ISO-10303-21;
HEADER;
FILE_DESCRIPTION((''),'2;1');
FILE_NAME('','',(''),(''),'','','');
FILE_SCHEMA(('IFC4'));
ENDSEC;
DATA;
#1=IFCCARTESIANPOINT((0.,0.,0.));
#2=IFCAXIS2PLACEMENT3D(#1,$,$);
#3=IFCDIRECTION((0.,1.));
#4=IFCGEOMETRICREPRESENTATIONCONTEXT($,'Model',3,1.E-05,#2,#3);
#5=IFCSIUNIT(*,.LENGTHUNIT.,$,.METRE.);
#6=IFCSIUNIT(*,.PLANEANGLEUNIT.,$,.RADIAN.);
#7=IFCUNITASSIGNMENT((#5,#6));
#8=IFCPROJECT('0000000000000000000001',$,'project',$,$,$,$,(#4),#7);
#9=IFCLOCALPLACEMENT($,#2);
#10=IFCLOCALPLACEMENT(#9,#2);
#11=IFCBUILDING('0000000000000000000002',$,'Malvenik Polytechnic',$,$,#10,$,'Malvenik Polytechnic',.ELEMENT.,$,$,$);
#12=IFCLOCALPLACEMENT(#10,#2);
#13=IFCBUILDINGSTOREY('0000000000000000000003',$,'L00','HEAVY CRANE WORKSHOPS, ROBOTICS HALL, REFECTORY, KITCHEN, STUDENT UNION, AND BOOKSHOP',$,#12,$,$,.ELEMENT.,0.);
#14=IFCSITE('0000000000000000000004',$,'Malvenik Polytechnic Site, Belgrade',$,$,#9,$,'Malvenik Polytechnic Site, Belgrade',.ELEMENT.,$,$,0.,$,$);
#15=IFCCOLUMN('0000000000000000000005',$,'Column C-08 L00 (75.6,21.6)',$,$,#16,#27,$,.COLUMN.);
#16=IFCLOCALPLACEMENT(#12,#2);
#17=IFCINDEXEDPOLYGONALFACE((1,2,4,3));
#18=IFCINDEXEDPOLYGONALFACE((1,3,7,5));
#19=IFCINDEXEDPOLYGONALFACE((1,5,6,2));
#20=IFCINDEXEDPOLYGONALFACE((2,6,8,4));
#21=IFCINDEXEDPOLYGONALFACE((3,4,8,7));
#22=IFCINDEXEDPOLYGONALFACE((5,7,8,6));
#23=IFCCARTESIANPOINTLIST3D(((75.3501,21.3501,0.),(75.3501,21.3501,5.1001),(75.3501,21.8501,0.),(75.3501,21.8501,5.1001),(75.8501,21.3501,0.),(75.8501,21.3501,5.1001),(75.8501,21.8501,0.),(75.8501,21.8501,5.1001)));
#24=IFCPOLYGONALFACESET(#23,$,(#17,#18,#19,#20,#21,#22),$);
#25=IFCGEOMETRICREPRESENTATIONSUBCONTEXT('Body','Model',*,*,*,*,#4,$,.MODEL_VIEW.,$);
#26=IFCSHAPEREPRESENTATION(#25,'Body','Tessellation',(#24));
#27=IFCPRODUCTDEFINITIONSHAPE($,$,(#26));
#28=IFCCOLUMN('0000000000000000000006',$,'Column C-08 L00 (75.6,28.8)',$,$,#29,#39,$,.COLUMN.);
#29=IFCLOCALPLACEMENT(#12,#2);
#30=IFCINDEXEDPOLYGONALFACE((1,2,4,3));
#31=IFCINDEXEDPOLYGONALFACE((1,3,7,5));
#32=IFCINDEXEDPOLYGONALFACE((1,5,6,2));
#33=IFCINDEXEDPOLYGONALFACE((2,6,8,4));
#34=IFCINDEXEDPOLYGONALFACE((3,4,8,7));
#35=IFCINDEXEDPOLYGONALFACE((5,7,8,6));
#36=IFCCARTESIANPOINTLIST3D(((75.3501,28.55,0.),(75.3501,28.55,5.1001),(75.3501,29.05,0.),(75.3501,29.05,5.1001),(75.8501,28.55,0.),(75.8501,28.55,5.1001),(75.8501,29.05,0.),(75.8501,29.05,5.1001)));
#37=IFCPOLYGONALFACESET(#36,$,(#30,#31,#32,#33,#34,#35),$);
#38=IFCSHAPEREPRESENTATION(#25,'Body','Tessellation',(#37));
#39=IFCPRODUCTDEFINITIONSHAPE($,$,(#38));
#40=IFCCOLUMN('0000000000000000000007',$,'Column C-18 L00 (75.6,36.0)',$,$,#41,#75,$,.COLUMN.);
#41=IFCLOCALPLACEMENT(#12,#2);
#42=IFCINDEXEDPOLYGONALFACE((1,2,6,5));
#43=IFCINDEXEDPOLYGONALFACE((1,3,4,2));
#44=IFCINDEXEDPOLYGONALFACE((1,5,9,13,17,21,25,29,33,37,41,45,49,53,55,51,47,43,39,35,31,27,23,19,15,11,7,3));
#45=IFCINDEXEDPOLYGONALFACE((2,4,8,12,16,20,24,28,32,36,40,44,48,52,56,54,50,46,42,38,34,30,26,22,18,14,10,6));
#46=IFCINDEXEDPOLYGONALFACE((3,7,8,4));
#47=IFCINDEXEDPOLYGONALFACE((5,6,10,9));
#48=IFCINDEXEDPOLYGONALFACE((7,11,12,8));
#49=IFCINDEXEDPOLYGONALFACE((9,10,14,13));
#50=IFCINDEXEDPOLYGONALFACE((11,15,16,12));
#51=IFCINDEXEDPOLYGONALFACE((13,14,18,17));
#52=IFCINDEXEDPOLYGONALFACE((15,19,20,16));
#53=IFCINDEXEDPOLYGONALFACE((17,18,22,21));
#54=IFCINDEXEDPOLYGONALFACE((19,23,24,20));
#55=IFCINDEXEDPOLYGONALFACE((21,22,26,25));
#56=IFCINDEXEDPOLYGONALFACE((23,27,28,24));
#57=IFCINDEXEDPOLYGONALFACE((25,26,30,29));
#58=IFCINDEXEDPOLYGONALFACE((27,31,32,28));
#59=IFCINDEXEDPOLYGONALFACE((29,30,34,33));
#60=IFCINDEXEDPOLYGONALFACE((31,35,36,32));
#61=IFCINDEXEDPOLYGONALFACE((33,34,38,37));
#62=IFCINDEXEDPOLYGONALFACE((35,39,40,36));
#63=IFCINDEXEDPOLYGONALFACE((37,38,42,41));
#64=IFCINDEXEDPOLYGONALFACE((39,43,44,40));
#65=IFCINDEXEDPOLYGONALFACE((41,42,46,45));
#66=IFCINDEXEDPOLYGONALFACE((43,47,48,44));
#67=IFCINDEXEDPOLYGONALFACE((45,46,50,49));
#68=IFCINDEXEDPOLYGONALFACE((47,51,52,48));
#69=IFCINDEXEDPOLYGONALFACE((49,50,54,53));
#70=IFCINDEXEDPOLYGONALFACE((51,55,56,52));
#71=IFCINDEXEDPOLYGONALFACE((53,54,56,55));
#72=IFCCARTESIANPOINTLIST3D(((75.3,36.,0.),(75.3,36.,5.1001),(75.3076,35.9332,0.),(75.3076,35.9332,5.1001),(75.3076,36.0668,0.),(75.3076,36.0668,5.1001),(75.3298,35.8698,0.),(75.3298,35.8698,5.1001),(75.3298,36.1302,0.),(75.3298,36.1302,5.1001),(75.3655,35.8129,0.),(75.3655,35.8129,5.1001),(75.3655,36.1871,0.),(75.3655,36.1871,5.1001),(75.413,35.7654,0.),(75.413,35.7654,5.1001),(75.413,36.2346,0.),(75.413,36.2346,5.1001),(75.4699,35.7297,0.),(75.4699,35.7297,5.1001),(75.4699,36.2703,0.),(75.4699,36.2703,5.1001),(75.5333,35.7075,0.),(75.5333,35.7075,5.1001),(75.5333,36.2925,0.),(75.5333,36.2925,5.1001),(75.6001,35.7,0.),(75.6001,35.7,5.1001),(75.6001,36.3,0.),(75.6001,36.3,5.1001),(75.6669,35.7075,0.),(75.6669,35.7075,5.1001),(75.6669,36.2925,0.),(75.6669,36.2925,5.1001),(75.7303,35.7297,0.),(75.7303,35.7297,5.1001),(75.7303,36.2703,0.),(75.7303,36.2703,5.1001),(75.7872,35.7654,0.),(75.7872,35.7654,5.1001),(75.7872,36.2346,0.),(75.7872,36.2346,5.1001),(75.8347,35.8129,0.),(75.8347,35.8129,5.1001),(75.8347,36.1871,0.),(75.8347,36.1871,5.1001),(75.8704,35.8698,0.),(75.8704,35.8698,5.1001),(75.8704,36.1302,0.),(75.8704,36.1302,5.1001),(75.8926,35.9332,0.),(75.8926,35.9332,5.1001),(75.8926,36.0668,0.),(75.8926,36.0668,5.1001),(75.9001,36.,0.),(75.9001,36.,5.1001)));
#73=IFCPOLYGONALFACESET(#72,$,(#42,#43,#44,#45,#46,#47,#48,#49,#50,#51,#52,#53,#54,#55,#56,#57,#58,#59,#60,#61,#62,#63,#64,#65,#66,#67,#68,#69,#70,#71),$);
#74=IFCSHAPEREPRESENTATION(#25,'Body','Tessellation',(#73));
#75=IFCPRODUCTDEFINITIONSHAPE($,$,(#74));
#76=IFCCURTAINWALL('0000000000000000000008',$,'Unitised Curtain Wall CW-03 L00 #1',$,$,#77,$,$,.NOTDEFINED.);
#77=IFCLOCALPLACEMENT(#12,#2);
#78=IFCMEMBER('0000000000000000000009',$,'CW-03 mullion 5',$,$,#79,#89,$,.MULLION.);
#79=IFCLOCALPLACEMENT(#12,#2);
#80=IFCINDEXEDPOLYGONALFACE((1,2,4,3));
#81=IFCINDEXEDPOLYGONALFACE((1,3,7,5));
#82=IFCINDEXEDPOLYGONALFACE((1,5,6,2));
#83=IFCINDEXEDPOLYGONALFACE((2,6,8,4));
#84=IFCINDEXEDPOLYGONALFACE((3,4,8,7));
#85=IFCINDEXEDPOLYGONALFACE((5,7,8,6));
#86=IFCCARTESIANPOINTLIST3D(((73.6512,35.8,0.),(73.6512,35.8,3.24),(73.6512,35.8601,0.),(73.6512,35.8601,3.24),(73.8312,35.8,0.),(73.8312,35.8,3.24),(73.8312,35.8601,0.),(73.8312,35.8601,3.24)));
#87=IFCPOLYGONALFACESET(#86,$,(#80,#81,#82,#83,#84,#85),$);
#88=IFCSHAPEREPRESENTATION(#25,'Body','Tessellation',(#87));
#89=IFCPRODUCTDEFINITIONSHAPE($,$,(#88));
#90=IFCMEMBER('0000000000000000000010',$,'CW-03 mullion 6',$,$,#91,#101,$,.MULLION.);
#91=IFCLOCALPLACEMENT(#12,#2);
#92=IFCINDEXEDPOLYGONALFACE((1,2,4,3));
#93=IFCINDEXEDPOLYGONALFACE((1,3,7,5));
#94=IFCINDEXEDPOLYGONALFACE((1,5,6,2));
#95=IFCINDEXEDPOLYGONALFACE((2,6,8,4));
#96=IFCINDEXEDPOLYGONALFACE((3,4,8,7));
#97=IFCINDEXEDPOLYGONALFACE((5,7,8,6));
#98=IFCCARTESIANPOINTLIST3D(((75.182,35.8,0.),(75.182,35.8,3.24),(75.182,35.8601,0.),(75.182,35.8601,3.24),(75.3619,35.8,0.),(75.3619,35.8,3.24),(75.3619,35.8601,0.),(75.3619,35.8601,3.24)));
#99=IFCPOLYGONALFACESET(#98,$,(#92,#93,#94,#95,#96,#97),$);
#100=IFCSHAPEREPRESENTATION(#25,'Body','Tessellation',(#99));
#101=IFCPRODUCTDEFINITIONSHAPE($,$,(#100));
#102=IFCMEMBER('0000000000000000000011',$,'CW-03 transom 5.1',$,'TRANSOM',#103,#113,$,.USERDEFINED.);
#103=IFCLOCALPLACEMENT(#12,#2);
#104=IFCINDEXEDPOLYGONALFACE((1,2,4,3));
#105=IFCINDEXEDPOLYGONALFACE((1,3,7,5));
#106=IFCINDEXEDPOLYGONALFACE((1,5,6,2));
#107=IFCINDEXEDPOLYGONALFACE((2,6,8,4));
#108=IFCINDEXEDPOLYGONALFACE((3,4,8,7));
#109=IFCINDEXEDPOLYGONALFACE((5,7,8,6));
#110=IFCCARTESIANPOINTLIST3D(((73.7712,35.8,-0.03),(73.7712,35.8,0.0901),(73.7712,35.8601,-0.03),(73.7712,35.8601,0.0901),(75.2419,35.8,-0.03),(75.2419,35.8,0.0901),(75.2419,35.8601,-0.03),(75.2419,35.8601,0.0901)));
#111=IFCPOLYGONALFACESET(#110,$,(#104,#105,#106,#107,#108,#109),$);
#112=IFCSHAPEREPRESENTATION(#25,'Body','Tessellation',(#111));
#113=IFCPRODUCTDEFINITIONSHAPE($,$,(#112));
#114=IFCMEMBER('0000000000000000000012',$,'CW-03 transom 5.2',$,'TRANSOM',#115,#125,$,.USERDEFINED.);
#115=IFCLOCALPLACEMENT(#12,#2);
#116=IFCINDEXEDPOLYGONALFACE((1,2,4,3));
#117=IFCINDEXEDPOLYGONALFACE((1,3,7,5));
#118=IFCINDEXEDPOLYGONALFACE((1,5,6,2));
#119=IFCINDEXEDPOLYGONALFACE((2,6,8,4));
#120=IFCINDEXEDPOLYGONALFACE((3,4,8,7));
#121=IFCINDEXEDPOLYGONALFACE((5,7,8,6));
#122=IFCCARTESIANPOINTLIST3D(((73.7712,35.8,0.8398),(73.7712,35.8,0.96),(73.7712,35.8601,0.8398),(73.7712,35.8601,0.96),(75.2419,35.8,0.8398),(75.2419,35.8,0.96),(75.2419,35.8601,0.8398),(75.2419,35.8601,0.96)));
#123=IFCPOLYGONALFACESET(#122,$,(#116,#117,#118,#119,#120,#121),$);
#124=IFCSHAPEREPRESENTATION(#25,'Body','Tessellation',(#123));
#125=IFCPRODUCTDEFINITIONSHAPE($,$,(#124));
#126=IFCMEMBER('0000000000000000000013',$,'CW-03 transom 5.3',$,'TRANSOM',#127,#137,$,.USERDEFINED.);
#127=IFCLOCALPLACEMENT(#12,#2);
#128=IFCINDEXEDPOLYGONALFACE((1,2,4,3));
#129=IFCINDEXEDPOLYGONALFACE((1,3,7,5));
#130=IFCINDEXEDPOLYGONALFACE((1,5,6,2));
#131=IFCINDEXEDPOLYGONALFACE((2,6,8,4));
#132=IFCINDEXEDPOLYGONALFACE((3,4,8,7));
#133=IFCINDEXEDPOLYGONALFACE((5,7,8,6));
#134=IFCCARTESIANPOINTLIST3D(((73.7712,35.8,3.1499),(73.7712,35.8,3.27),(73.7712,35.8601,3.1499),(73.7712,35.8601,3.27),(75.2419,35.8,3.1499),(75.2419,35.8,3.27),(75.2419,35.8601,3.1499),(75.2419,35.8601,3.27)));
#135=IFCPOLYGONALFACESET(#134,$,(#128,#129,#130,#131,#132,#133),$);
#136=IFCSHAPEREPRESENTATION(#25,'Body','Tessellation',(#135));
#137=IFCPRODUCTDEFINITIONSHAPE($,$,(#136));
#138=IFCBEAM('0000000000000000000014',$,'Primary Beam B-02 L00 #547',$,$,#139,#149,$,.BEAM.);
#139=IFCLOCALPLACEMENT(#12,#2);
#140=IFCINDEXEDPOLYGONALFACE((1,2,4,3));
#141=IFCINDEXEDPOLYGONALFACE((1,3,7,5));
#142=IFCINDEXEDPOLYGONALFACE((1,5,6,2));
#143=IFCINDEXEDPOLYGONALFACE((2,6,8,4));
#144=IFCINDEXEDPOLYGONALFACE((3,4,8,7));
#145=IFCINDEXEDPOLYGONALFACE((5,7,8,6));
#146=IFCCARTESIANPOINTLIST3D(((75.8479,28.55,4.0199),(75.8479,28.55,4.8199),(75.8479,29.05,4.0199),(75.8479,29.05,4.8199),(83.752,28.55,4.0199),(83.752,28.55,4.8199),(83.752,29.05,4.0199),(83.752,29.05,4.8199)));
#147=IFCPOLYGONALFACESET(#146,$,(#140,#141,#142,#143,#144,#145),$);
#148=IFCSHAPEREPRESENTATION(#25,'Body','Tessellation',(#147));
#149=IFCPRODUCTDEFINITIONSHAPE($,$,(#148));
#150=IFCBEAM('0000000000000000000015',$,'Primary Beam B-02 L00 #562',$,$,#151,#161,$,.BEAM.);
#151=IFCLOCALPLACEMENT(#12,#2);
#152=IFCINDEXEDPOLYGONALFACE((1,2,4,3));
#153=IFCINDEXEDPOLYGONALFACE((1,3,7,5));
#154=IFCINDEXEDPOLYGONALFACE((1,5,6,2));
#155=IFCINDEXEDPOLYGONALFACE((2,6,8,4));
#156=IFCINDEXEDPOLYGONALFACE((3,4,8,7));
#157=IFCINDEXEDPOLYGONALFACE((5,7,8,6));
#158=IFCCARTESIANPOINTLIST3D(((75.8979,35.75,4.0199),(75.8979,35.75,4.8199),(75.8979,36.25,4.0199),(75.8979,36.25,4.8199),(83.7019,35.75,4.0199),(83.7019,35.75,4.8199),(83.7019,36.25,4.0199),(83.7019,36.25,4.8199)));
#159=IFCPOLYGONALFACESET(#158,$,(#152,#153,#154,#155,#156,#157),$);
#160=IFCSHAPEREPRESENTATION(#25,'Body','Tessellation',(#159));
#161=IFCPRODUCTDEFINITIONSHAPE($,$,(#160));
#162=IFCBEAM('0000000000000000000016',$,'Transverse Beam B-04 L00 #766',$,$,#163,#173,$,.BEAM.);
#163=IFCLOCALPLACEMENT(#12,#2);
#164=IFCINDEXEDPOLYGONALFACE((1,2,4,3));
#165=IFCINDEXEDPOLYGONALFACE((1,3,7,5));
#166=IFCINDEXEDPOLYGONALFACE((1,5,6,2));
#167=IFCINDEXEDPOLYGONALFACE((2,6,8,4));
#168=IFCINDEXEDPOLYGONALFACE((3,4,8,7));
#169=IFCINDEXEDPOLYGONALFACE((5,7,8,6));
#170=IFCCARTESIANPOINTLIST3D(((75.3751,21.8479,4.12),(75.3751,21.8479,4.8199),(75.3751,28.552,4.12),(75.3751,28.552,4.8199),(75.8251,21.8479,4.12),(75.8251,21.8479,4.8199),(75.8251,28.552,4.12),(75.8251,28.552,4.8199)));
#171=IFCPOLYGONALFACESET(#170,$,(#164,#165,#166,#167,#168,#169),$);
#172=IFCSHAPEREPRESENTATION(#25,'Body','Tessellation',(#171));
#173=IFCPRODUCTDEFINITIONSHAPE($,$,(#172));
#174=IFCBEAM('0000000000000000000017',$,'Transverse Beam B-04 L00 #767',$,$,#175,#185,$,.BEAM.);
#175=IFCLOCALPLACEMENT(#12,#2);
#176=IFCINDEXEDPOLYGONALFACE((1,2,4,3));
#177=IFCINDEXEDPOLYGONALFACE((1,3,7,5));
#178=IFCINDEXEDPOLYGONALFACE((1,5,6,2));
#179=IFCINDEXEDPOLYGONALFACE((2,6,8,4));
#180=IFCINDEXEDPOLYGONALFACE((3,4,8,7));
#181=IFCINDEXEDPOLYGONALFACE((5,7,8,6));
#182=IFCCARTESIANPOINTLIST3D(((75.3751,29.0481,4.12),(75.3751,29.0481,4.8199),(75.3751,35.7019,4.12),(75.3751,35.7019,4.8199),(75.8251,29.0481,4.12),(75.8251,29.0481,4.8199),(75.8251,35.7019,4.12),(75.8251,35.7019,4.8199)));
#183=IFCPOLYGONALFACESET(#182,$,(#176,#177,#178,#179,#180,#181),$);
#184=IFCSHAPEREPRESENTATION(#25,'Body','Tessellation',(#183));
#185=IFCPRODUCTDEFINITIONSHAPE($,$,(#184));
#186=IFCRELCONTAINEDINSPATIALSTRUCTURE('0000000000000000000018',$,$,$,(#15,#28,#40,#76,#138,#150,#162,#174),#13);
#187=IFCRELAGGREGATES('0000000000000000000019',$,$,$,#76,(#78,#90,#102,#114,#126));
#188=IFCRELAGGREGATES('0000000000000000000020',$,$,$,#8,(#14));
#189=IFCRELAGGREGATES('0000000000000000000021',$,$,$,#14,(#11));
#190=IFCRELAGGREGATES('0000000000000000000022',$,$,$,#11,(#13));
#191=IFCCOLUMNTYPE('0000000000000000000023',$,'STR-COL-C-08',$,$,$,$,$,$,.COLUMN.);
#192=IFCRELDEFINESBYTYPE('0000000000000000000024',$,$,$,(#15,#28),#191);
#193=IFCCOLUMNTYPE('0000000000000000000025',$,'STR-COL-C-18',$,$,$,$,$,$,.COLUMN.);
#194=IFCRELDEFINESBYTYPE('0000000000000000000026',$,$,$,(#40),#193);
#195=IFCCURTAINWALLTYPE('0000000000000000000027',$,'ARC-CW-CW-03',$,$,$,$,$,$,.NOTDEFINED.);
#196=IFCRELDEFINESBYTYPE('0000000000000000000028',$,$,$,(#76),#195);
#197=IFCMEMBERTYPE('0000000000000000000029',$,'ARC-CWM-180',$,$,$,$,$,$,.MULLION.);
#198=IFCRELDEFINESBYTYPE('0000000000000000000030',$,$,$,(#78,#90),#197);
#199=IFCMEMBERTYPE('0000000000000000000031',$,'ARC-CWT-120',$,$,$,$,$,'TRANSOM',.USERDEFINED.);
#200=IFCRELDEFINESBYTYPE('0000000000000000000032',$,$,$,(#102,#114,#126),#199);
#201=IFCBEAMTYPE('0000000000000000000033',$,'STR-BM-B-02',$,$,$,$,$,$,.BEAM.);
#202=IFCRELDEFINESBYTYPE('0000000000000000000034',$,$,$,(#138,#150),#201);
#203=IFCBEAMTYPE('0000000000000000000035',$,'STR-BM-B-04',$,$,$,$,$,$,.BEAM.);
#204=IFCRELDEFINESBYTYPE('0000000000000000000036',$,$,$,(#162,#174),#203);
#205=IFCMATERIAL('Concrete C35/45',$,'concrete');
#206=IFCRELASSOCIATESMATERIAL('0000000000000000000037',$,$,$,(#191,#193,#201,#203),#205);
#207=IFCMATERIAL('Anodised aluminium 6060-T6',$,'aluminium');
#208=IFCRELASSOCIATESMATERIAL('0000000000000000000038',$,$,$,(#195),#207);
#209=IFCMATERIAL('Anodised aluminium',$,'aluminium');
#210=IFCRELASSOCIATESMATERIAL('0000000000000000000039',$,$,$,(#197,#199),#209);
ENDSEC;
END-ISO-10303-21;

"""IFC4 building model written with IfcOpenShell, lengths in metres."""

from ifc_helpers import new_model, si_unit, direction, frame, origin, origin_2d, place, context, subcontext, project, spatial, rectangle, circle, extrude, material, material_profile, profile_set, type_object, element, aggregate, save


model = new_model("IFC4")

# Units and contexts
model_context = context("Model", 3, precision=1e-05, world=origin(), true_north=direction((0.0, 1.0)))
body_context = subcontext(model_context, "Body", "Model", "MODEL_VIEW")
ifc_project = project(units=[si_unit("LENGTHUNIT", "METRE"), si_unit("PLANEANGLEUNIT", "RADIAN")], contexts=[model_context])

# Site, building, storey
site_placement = place(None, origin())
site = spatial("IfcSite", under=ifc_project, at=site_placement, Name="Malvenik Polytechnic Site, Belgrade", LongName="Malvenik Polytechnic Site, Belgrade", CompositionType="ELEMENT", RefElevation=0.0)
building_placement = place(site_placement, origin())
building = spatial("IfcBuilding", under=site, at=building_placement, Name="Malvenik Polytechnic", LongName="Malvenik Polytechnic", CompositionType="ELEMENT")
storey_placement = place(building_placement, origin())
storey = spatial("IfcBuildingStorey", under=building, at=storey_placement, Name="L00", Description="HEAVY CRANE WORKSHOPS, ROBOTICS HALL, REFECTORY, KITCHEN, STUDENT UNION, AND BOOKSHOP", CompositionType="ELEMENT", Elevation=0.0)

# Columns
ifc_material_1 = material(Name="Concrete C35/45", Category="concrete")
ifc_material_profile_1 = material_profile(ifc_material_1, rectangle(XDim=0.5, YDim=0.5, at=origin_2d()), Name="RC COL 500x500")
ifc_profile_set_1 = profile_set([ifc_material_profile_1], Name="Concrete C35/45")
column_type_1 = type_object("IfcColumnType", Name="STR-COL-C-08", PredefinedType="COLUMN", material=ifc_profile_set_1)
for number, where, z_axis, x_axis, name in (
    (1, (75.6001, 21.6001, 0.0), (0.0, 0.0, 1.0), (1.0, 0.0, 0.0), "Column C-08 L00 (75.6,21.6)"),
    (2, (75.6001, 28.8, 0.0), (0.0, 0.0, 1.0), (1.0, 0.0, 0.0), "Column C-08 L00 (75.6,28.8)"),
):
    element("IfcColumn", number, at=place(storey_placement, frame(where, z_axis=z_axis, x_axis=x_axis)), inside=storey, type_object=column_type_1, Name=name, PredefinedType="COLUMN", context=body_context, shape_type="SweptSolid", body=[
        extrude(rectangle(XDim=0.5, YDim=0.5, at=origin_2d()), origin(), (0.0, 0.0, 1.0), 5.1001),
    ])
ifc_material_profile_2 = material_profile(ifc_material_1, circle(Radius=0.3, at=origin_2d()), Name="RC COL D600")
ifc_profile_set_2 = profile_set([ifc_material_profile_2], Name="Concrete C35/45")
column_type_2 = type_object("IfcColumnType", Name="STR-COL-C-18", PredefinedType="COLUMN", material=ifc_profile_set_2)
column_placement = place(storey_placement, frame((75.6001, 36.0, 0.0), z_axis=(0.0, 0.0, 1.0), x_axis=(1.0, 0.0, 0.0)))
element("IfcColumn", 3, at=column_placement, inside=storey, type_object=column_type_2, Name="Column C-18 L00 (75.6,36.0)", PredefinedType="COLUMN", context=body_context, shape_type="SweptSolid", body=[
    extrude(circle(Radius=0.3, at=origin_2d()), origin(), (0.0, 0.0, 1.0), 5.1001),
])

# Curtain wall, members
ifc_material_2 = material(Name="Anodised aluminium 6060-T6", Category="aluminium")
curtain_wall_type = type_object("IfcCurtainWallType", Name="ARC-CW-CW-03", PredefinedType="NOTDEFINED", material=ifc_material_2)
curtain_wall_placement = place(storey_placement, origin())
curtain_wall = element("IfcCurtainWall", 4, at=curtain_wall_placement, inside=storey, type_object=curtain_wall_type, Name="Unitised Curtain Wall CW-03 L00 #1", PredefinedType="NOTDEFINED")
ifc_material_3 = material(Name="Anodised aluminium", Category="aluminium")
ifc_material_profile_3 = material_profile(ifc_material_3, rectangle(XDim=0.0601, YDim=0.1799, at=origin_2d()), Name="ALU MULLION 60x180")
ifc_profile_set_3 = profile_set([ifc_material_profile_3], Name="Anodised aluminium")
member_type_1 = type_object("IfcMemberType", Name="ARC-CWM-180", PredefinedType="MULLION", material=ifc_profile_set_3)
member_1_placement = place(storey_placement, frame((73.7412, 35.8301, 0.0), z_axis=(0.0, 0.0, 1.0), x_axis=(0.0, 1.0, 0.0)))
member_1 = element("IfcMember", 5, at=member_1_placement, type_object=member_type_1, Name="CW-03 mullion 5", PredefinedType="MULLION", context=body_context, shape_type="SweptSolid", body=[
    extrude(rectangle(XDim=0.0601, YDim=0.1799, at=origin_2d()), origin(), (0.0, 0.0, 1.0), 3.24),
])
member_2_placement = place(storey_placement, frame((75.272, 35.8301, 0.0), z_axis=(0.0, 0.0, 1.0), x_axis=(0.0, 1.0, 0.0)))
member_2 = element("IfcMember", 6, at=member_2_placement, type_object=member_type_1, Name="CW-03 mullion 6", PredefinedType="MULLION", context=body_context, shape_type="SweptSolid", body=[
    extrude(rectangle(XDim=0.0601, YDim=0.1799, at=origin_2d()), origin(), (0.0, 0.0, 1.0), 3.24),
])
ifc_material_profile_4 = material_profile(ifc_material_3, rectangle(XDim=0.0601, YDim=0.1201, at=origin_2d()), Name="ALU TRANSOM 60x120")
ifc_profile_set_4 = profile_set([ifc_material_profile_4], Name="Anodised aluminium")
member_type_2 = type_object("IfcMemberType", Name="ARC-CWT-120", ElementType="TRANSOM", PredefinedType="USERDEFINED", material=ifc_profile_set_4)
member_3_placement = place(storey_placement, frame((73.7712, 35.8301, 0.03), z_axis=(1.0, 0.0, 0.0), x_axis=(0.0, 1.0, 0.0)))
member_3 = element("IfcMember", 7, at=member_3_placement, type_object=member_type_2, Name="CW-03 transom 5.1", ObjectType="TRANSOM", PredefinedType="USERDEFINED", context=body_context, shape_type="SweptSolid", body=[
    extrude(rectangle(XDim=0.0601, YDim=0.1201, at=origin_2d()), origin(), (0.0, 0.0, 1.0), 1.4707),
])
member_4_placement = place(storey_placement, frame((73.7712, 35.8301, 0.8999), z_axis=(1.0, 0.0, 0.0), x_axis=(0.0, 1.0, 0.0)))
member_4 = element("IfcMember", 8, at=member_4_placement, type_object=member_type_2, Name="CW-03 transom 5.2", ObjectType="TRANSOM", PredefinedType="USERDEFINED", context=body_context, shape_type="SweptSolid", body=[
    extrude(rectangle(XDim=0.0601, YDim=0.1201, at=origin_2d()), origin(), (0.0, 0.0, 1.0), 1.4707),
])
member_5_placement = place(storey_placement, frame((73.7712, 35.8301, 3.21), z_axis=(1.0, 0.0, 0.0), x_axis=(0.0, 1.0, 0.0)))
member_5 = element("IfcMember", 9, at=member_5_placement, type_object=member_type_2, Name="CW-03 transom 5.3", ObjectType="TRANSOM", PredefinedType="USERDEFINED", context=body_context, shape_type="SweptSolid", body=[
    extrude(rectangle(XDim=0.0601, YDim=0.1201, at=origin_2d()), origin(), (0.0, 0.0, 1.0), 1.4707),
])

# Beams
ifc_material_profile_5 = material_profile(ifc_material_1, rectangle(XDim=0.5, YDim=0.8, at=origin_2d()), Name="RC BM 500x800")
ifc_profile_set_5 = profile_set([ifc_material_profile_5], Name="Concrete C35/45")
beam_type_1 = type_object("IfcBeamType", Name="STR-BM-B-02", PredefinedType="BEAM", material=ifc_profile_set_5)
beam_1_placement = place(storey_placement, frame((75.8479, 28.8, 4.4199), z_axis=(1.0, 0.0, 0.0), x_axis=(0.0, 1.0, 0.0)))
element("IfcBeam", 10, at=beam_1_placement, inside=storey, type_object=beam_type_1, Name="Primary Beam B-02 L00 #547", PredefinedType="BEAM", context=body_context, shape_type="SweptSolid", body=[
    extrude(rectangle(XDim=0.5, YDim=0.8, at=origin_2d()), origin(), (0.0, 0.0, 1.0), 7.9041),
])
beam_2_placement = place(storey_placement, frame((75.8979, 36.0, 4.4199), z_axis=(1.0, 0.0, 0.0), x_axis=(0.0, 1.0, 0.0)))
element("IfcBeam", 11, at=beam_2_placement, inside=storey, type_object=beam_type_1, Name="Primary Beam B-02 L00 #562", PredefinedType="BEAM", context=body_context, shape_type="SweptSolid", body=[
    extrude(rectangle(XDim=0.5, YDim=0.8, at=origin_2d()), origin(), (0.0, 0.0, 1.0), 7.804),
])
ifc_material_profile_6 = material_profile(ifc_material_1, rectangle(XDim=0.45, YDim=0.7, at=origin_2d()), Name="RC BM 450x700")
ifc_profile_set_6 = profile_set([ifc_material_profile_6], Name="Concrete C35/45")
beam_type_2 = type_object("IfcBeamType", Name="STR-BM-B-04", PredefinedType="BEAM", material=ifc_profile_set_6)
beam_3_placement = place(storey_placement, frame((75.6001, 21.8479, 4.47), z_axis=(0.0, 1.0, 0.0), x_axis=(-1.0, 0.0, 0.0)))
element("IfcBeam", 12, at=beam_3_placement, inside=storey, type_object=beam_type_2, Name="Transverse Beam B-04 L00 #766", PredefinedType="BEAM", context=body_context, shape_type="SweptSolid", body=[
    extrude(rectangle(XDim=0.45, YDim=0.7, at=origin_2d()), origin(), (0.0, 0.0, 1.0), 6.7041),
])
beam_4_placement = place(storey_placement, frame((75.6001, 29.0481, 4.47), z_axis=(0.0, 1.0, 0.0), x_axis=(-1.0, 0.0, 0.0)))
element("IfcBeam", 13, at=beam_4_placement, inside=storey, type_object=beam_type_2, Name="Transverse Beam B-04 L00 #767", PredefinedType="BEAM", context=body_context, shape_type="SweptSolid", body=[
    extrude(rectangle(XDim=0.45, YDim=0.7, at=origin_2d()), origin(), (0.0, 0.0, 1.0), 6.6538),
])

aggregate(curtain_wall, [member_1, member_2, member_3, member_4, member_5])

save(model, "model.ifc")
